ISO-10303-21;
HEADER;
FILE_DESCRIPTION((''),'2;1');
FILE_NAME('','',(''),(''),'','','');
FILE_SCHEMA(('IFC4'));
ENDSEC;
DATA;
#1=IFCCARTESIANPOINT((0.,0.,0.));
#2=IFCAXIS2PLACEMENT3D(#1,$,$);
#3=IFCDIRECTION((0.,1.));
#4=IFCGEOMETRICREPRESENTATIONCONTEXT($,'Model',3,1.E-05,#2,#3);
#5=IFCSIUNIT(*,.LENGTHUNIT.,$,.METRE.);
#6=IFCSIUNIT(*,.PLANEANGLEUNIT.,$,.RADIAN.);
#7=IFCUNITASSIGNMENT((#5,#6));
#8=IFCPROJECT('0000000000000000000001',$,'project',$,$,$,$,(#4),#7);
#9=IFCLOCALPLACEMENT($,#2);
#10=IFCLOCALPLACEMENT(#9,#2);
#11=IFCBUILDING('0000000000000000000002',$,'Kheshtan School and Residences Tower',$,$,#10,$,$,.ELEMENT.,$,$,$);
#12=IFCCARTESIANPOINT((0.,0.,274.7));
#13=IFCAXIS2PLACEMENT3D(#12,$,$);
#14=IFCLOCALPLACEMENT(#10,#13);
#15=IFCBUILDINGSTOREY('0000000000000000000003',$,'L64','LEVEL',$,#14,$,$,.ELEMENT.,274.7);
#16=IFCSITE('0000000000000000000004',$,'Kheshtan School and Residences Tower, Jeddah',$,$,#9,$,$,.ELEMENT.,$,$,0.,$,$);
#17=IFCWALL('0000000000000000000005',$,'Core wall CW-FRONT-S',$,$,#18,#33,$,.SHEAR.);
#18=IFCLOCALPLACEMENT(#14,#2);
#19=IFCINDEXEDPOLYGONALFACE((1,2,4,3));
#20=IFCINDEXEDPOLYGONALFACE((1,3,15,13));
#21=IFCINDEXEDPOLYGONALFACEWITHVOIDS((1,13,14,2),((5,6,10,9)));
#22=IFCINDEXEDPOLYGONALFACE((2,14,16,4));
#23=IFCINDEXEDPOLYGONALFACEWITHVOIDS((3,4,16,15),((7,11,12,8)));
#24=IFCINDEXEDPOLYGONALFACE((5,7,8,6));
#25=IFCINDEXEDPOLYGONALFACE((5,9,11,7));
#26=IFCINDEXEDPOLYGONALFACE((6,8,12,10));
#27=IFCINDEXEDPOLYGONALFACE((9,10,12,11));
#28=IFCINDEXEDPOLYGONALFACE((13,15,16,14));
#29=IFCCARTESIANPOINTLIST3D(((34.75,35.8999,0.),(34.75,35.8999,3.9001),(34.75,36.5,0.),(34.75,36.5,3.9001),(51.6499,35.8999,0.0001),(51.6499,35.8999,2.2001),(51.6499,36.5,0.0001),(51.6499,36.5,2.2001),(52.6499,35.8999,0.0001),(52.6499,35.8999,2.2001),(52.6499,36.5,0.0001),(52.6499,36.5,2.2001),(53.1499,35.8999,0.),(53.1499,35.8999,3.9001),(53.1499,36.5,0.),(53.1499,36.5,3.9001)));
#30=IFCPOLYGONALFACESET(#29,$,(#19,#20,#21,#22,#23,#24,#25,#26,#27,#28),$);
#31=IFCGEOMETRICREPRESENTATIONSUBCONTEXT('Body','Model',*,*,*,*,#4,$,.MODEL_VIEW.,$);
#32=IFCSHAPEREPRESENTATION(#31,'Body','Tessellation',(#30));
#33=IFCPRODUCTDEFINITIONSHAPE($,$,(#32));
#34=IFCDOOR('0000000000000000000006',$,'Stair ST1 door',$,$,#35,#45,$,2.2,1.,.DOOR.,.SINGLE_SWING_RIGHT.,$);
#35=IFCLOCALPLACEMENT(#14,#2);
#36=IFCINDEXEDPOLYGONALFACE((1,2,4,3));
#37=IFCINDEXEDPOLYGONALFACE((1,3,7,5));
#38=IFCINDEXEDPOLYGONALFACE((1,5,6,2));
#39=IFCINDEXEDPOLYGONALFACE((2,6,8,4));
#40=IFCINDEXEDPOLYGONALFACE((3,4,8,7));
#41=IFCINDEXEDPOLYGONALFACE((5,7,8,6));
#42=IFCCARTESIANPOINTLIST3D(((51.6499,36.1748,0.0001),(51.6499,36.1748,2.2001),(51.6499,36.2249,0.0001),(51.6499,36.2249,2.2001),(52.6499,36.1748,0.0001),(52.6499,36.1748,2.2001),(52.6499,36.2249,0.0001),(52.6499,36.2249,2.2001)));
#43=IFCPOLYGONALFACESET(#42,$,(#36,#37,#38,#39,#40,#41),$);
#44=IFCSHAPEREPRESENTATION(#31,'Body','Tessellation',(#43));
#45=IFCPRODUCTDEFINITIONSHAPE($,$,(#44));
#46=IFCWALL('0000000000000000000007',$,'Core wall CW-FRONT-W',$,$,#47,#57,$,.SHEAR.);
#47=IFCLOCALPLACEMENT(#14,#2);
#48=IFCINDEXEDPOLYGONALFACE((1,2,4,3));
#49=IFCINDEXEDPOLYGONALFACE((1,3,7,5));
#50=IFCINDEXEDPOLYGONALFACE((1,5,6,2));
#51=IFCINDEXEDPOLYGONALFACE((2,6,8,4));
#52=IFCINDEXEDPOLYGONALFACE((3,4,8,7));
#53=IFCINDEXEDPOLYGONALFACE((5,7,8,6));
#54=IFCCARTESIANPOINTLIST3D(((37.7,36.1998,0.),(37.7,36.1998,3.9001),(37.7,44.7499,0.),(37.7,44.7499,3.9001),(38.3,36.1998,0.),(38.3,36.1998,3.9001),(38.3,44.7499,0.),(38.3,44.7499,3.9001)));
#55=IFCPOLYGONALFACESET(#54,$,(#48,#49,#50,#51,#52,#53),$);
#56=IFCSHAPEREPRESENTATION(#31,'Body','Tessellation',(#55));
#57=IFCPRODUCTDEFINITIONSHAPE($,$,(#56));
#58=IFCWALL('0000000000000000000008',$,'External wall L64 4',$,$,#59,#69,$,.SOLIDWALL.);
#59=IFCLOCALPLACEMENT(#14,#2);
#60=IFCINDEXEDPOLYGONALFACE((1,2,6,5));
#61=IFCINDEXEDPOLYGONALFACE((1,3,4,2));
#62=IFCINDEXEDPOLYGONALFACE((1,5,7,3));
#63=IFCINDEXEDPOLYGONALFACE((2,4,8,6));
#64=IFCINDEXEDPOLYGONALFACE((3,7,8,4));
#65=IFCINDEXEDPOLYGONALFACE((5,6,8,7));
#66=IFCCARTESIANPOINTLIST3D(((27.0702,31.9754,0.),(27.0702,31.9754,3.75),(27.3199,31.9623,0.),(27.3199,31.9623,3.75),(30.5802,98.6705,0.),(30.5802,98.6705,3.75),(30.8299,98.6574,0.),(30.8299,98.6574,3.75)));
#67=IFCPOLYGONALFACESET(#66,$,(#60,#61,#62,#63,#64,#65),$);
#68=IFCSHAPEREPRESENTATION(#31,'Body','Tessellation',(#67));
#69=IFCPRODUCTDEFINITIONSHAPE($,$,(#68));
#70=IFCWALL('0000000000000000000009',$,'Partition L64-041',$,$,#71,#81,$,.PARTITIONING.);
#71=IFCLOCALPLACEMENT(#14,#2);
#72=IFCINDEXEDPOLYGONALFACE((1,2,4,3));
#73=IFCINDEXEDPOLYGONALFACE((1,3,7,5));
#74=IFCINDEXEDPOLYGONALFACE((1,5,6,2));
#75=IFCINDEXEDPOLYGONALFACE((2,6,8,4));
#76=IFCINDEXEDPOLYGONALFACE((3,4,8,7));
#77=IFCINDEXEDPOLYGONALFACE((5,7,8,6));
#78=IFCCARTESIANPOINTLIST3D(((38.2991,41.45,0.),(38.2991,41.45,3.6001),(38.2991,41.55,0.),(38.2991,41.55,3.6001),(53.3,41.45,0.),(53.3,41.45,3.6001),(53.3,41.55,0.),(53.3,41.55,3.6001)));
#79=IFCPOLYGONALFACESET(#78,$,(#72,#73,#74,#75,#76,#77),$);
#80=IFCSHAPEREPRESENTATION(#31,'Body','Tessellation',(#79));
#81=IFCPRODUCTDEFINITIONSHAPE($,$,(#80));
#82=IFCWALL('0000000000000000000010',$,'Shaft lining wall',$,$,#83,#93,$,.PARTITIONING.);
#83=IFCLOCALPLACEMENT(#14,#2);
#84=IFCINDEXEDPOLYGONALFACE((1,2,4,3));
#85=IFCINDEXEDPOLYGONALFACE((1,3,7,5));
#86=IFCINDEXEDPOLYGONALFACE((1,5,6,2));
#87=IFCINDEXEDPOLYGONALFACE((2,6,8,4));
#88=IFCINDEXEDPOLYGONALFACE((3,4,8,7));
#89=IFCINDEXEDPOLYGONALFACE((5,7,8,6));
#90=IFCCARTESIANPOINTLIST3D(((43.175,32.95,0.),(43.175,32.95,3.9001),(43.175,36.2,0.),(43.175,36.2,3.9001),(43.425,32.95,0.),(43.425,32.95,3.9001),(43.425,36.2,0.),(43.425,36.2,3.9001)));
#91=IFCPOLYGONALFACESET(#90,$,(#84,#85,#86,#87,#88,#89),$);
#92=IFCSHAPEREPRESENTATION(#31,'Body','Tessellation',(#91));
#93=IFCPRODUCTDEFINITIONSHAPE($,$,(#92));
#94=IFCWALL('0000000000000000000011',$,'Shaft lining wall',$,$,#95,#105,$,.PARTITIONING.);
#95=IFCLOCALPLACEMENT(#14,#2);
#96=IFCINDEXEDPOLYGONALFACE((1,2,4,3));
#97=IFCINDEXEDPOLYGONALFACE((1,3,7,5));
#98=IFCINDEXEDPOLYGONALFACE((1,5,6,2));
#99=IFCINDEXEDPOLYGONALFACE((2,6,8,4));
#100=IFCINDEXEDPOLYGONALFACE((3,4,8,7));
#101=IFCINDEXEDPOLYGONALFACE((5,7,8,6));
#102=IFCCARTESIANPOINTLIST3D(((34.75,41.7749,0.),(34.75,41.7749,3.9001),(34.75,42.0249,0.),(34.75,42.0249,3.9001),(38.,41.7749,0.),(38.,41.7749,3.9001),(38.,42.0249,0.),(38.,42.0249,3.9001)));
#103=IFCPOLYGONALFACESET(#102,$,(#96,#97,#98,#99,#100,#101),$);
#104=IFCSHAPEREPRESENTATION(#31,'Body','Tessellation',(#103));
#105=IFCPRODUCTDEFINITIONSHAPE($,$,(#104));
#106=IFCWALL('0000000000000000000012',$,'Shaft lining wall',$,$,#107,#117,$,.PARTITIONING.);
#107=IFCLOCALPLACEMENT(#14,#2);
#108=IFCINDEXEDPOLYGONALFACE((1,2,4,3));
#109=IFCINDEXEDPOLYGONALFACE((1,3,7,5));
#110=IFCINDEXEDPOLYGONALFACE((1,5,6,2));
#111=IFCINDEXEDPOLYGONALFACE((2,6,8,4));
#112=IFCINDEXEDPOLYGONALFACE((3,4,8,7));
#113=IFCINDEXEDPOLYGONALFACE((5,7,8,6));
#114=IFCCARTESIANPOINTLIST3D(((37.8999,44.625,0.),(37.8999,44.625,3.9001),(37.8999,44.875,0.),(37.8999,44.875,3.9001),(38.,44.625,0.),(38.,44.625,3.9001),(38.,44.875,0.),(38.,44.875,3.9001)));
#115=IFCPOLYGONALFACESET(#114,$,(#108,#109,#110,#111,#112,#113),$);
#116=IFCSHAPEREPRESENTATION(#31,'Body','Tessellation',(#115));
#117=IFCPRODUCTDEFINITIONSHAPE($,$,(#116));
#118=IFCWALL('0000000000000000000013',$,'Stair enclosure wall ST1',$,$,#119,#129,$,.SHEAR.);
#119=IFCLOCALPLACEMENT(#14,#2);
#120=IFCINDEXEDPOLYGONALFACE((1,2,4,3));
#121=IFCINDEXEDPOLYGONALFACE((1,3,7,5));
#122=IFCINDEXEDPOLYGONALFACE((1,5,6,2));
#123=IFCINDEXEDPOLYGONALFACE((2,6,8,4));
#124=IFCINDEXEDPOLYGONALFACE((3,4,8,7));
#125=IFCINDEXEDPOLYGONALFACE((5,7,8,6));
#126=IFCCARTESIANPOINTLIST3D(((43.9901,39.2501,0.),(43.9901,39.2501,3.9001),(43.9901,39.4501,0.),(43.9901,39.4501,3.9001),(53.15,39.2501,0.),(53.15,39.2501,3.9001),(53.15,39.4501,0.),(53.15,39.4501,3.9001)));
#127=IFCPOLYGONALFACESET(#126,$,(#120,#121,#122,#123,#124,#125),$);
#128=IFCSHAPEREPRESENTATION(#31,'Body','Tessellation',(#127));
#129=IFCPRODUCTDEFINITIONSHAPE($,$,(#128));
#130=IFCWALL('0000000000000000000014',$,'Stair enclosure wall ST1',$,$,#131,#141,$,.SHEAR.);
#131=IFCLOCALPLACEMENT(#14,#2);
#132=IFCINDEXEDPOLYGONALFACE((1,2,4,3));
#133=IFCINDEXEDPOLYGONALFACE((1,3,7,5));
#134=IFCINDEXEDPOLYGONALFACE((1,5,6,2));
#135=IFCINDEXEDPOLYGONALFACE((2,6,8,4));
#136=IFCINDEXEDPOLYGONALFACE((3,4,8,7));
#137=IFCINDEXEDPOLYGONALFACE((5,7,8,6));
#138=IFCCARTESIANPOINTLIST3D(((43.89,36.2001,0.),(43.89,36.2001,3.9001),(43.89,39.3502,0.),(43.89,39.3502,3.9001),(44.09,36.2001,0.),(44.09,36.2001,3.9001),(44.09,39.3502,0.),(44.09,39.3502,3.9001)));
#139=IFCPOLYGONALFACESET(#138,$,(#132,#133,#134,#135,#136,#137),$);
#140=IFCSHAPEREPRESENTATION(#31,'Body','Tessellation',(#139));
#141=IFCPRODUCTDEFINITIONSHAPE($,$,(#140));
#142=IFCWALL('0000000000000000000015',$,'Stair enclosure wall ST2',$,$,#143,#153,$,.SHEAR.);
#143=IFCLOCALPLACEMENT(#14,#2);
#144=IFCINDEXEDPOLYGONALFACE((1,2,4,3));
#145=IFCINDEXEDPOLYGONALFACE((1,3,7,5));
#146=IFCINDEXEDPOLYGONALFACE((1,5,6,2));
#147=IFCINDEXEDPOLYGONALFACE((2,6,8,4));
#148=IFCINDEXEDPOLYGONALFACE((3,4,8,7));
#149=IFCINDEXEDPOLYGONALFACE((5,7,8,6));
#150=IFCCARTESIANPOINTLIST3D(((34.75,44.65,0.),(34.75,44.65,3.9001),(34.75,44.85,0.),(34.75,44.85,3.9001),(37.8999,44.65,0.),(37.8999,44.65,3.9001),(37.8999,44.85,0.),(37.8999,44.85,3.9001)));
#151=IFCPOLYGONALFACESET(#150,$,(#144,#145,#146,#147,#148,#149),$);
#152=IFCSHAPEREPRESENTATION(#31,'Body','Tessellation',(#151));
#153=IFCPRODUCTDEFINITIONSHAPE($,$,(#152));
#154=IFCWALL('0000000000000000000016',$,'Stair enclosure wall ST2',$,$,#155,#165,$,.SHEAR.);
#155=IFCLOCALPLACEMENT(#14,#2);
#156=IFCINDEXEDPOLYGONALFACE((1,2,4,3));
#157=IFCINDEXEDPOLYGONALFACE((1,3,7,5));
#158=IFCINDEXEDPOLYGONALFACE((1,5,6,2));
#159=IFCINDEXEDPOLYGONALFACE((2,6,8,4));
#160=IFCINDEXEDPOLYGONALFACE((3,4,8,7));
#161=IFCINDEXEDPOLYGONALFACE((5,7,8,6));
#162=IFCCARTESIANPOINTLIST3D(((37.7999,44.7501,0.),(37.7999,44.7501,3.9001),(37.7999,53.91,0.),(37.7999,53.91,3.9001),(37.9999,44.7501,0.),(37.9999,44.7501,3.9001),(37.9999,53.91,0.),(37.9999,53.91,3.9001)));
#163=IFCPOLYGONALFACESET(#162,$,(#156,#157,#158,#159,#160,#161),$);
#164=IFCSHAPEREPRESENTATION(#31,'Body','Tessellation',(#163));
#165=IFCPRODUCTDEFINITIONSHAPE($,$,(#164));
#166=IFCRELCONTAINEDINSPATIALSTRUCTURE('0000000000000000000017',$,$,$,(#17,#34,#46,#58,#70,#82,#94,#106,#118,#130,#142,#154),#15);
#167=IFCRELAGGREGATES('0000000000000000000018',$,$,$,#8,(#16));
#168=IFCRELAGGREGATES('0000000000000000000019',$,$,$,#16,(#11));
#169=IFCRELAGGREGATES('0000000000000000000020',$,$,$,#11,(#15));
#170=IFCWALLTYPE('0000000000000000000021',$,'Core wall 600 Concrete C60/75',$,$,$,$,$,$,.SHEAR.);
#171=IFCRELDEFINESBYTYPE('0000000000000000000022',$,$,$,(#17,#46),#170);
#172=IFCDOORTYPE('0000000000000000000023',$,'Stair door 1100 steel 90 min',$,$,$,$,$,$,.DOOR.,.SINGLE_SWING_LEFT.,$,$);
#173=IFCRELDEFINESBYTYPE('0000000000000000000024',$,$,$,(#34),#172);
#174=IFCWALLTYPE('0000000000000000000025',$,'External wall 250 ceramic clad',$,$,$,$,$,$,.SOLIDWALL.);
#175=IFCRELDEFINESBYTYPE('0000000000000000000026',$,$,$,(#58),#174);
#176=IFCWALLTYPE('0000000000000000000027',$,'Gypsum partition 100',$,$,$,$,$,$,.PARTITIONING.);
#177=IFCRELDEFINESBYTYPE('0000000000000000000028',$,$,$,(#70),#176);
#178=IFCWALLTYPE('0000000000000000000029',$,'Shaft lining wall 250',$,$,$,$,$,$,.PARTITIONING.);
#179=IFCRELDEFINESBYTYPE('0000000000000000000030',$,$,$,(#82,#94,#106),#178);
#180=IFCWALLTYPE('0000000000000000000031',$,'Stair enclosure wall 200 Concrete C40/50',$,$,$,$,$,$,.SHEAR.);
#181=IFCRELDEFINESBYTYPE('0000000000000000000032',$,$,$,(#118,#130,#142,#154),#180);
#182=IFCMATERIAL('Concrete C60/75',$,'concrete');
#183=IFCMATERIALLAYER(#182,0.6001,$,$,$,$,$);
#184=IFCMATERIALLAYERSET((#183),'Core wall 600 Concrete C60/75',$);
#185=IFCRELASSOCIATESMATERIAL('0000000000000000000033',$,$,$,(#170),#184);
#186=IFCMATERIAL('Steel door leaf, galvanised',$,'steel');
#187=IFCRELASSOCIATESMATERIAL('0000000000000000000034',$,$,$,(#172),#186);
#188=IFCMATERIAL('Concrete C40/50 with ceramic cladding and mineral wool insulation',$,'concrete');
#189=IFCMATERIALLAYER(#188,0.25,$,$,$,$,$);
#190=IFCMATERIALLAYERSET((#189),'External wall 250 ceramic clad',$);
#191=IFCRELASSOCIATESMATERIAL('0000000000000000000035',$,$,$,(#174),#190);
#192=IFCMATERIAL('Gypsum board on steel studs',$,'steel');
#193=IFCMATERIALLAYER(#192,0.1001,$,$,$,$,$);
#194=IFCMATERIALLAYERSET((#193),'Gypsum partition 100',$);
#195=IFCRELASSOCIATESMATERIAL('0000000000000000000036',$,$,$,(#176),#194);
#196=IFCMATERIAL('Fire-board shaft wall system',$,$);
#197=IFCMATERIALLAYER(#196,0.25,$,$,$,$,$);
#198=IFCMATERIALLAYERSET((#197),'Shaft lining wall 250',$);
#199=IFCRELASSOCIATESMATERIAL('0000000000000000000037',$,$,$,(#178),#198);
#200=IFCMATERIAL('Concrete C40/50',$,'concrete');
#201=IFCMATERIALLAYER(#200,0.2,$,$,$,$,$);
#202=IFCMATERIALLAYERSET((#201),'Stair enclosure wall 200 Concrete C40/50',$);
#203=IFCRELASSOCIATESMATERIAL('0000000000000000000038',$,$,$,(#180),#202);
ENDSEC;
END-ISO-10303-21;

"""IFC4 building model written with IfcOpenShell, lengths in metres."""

from ifc_helpers import new_model, si_unit, direction, frame, frame_2d, origin, place, context, subcontext, project, spatial, rectangle, extrude, source, transform, mapped, material, layer, layer_set, type_object, element, fill, save


model = new_model("IFC4")

# Units and contexts
model_context = context("Model", 3, precision=1e-05, world=origin(), true_north=direction((0.0, 1.0)))
body_context = subcontext(model_context, "Body", "Model", "MODEL_VIEW")
ifc_project = project(units=[si_unit("LENGTHUNIT", "METRE"), si_unit("PLANEANGLEUNIT", "RADIAN")], contexts=[model_context])

# Site, building, storey
site_placement = place(None, origin())
site = spatial("IfcSite", under=ifc_project, at=site_placement, Name="Kheshtan School and Residences Tower, Jeddah", CompositionType="ELEMENT", RefElevation=0.0)
building_placement = place(site_placement, origin())
building = spatial("IfcBuilding", under=site, at=building_placement, Name="Kheshtan School and Residences Tower", CompositionType="ELEMENT")
storey_placement = place(building_placement, frame((0.0, 0.0, 274.7)))
storey = spatial("IfcBuildingStorey", under=building, at=storey_placement, Name="L64", Description="LEVEL", CompositionType="ELEMENT", Elevation=274.7)

# Wall, opening, door
ifc_material_1 = material(Name="Concrete C60/75", Category="concrete")
ifc_layer_1 = layer(ifc_material_1, 0.6001)
ifc_layer_set_1 = layer_set([ifc_layer_1], Name="Core wall 600 Concrete C60/75")
wall_type_1 = type_object("IfcWallType", Name="Core wall 600 Concrete C60/75", PredefinedType="SHEAR", material=ifc_layer_set_1)
wall_1_placement = place(storey_placement, frame((34.75, 36.2, 0.0), z_axis=(0.0, 0.0, 1.0), x_axis=(1.0, 0.0, 0.0)))
wall_1 = element("IfcWall", 1, at=wall_1_placement, inside=storey, type_object=wall_type_1, Name="Core wall CW-FRONT-S", PredefinedType="SHEAR", context=body_context, shape_type="SweptSolid", body=[
    extrude(rectangle(XDim=18.3999, YDim=0.6001, at=frame_2d((9.2, 0.0))), origin(), (0.0, 0.0, 1.0), 3.9001),
])
opening_1_placement = place(wall_1_placement, frame((16.8999, 0.0, 0.0)))
opening_1 = element("IfcOpeningElement", 2, at=opening_1_placement, cuts=wall_1, PredefinedType="OPENING", context=body_context, shape_type="SweptSolid", body=[
    extrude(rectangle(XDim=1.0, YDim=2.2, at=frame_2d((0.5, 1.1001))), frame((0.0, 0.3101, 0.0), z_axis=(0.0, -1.0, 0.0), x_axis=(1.0, 0.0, 0.0)), (0.0, 0.0, 1.0), 0.6201),
])
ifc_material_2 = material(Name="Steel door leaf, galvanised", Category="steel")
door_type_1 = type_object("IfcDoorType", Name="Stair door 1100 steel 90 min", OperationType="SINGLE_SWING_LEFT", PredefinedType="DOOR", material=ifc_material_2)
shared_shape_1 = source(origin(), body_context, "Body", "SweptSolid", [
    extrude(rectangle(XDim=1.0, YDim=2.2, at=frame_2d((0.5, 1.1001))), frame((0.0, 0.0249, 0.0), z_axis=(0.0, -1.0, 0.0), x_axis=(1.0, 0.0, 0.0)), (0.0, 0.0, 1.0), 0.05),
])
door_1_placement = place(opening_1_placement, origin())
door_1 = element("IfcDoor", 3, at=door_1_placement, inside=storey, type_object=door_type_1, Name="Stair ST1 door", OperationType="SINGLE_SWING_RIGHT", OverallHeight=2.2, OverallWidth=1.0, PredefinedType="DOOR", context=body_context, shape_type="MappedRepresentation", body=[
    mapped(shared_shape_1, transform((0.0, 0.0, 0.0), x_axis=(1.0, 0.0, 0.0), y_axis=(0.0, 1.0, 0.0), z_axis=(0.0, 0.0, 1.0), scale=1.0)),
])
fill(opening_1, door_1)

# Walls
wall_2_placement = place(storey_placement, frame((38.0, 36.2, 0.0), z_axis=(0.0, 0.0, 1.0), x_axis=(0.0, 1.0, 0.0)))
element("IfcWall", 4, at=wall_2_placement, inside=storey, type_object=wall_type_1, Name="Core wall CW-FRONT-W", PredefinedType="SHEAR", context=body_context, shape_type="SweptSolid", body=[
    extrude(rectangle(XDim=8.55, YDim=0.6001, at=frame_2d((4.2749, 0.0))), origin(), (0.0, 0.0, 1.0), 3.9001),
])
ifc_material_3 = material(Name="Concrete C40/50 with ceramic cladding and mineral wool insulation", Category="concrete")
ifc_layer_2 = layer(ifc_material_3, 0.25)
ifc_layer_set_2 = layer_set([ifc_layer_2], Name="External wall 250 ceramic clad")
wall_type_2 = type_object("IfcWallType", Name="External wall 250 ceramic clad", PredefinedType="SOLIDWALL", material=ifc_layer_set_2)
wall_3_placement = place(storey_placement, frame((27.1951, 31.969, 0.0), z_axis=(0.0, 0.0, 1.0), x_axis=(0.052555, 0.998618, 0.0)))
element("IfcWall", 5, at=wall_3_placement, inside=storey, type_object=wall_type_2, Name="External wall L64 4", PredefinedType="SOLIDWALL", context=body_context, shape_type="SweptSolid", body=[
    extrude(rectangle(XDim=66.7874, YDim=0.25, at=frame_2d((33.3936, 0.0))), origin(), (0.0, 0.0, 1.0), 3.75),
])
ifc_material_4 = material(Name="Gypsum board on steel studs", Category="steel")
ifc_layer_3 = layer(ifc_material_4, 0.1001)
ifc_layer_set_3 = layer_set([ifc_layer_3], Name="Gypsum partition 100")
wall_type_3 = type_object("IfcWallType", Name="Gypsum partition 100", PredefinedType="PARTITIONING", material=ifc_layer_set_3)
wall_4_placement = place(storey_placement, frame((38.2991, 41.5, 0.0), z_axis=(0.0, 0.0, 1.0), x_axis=(1.0, 0.0, 0.0)))
element("IfcWall", 6, at=wall_4_placement, inside=storey, type_object=wall_type_3, Name="Partition L64-041", PredefinedType="PARTITIONING", context=body_context, shape_type="SweptSolid", body=[
    extrude(rectangle(XDim=15.001, YDim=0.1001, at=frame_2d((7.5005, 0.0))), origin(), (0.0, 0.0, 1.0), 3.6001),
])
ifc_material_5 = material(Name="Fire-board shaft wall system")
ifc_layer_4 = layer(ifc_material_5, 0.25)
ifc_layer_set_4 = layer_set([ifc_layer_4], Name="Shaft lining wall 250")
wall_type_4 = type_object("IfcWallType", Name="Shaft lining wall 250", PredefinedType="PARTITIONING", material=ifc_layer_set_4)
for number, where, z_axis, x_axis, name in (
    (7, (43.3, 32.95, 0.0), (0.0, 0.0, 1.0), (0.0, 1.0, 0.0), "Shaft lining wall"),
    (8, (34.75, 41.8999, 0.0), (0.0, 0.0, 1.0), (1.0, 0.0, 0.0), "Shaft lining wall"),
):
    element("IfcWall", number, at=place(storey_placement, frame(where, z_axis=z_axis, x_axis=x_axis)), inside=storey, type_object=wall_type_4, Name=name, PredefinedType="PARTITIONING", context=body_context, shape_type="SweptSolid", body=[
        extrude(rectangle(XDim=3.25, YDim=0.25, at=frame_2d((1.625, 0.0))), origin(), (0.0, 0.0, 1.0), 3.9001),
    ])
wall_5_placement = place(storey_placement, frame((37.8999, 44.75, 0.0), z_axis=(0.0, 0.0, 1.0), x_axis=(1.0, 0.0, 0.0)))
element("IfcWall", 9, at=wall_5_placement, inside=storey, type_object=wall_type_4, Name="Shaft lining wall", PredefinedType="PARTITIONING", context=body_context, shape_type="SweptSolid", body=[
    extrude(rectangle(XDim=0.1001, YDim=0.25, at=frame_2d((0.05, 0.0))), origin(), (0.0, 0.0, 1.0), 3.9001),
])
ifc_material_6 = material(Name="Concrete C40/50", Category="concrete")
ifc_layer_5 = layer(ifc_material_6, 0.2)
ifc_layer_set_5 = layer_set([ifc_layer_5], Name="Stair enclosure wall 200 Concrete C40/50")
wall_type_5 = type_object("IfcWallType", Name="Stair enclosure wall 200 Concrete C40/50", PredefinedType="SHEAR", material=ifc_layer_set_5)
wall_6_placement = place(storey_placement, frame((43.99, 39.3501, 0.0), z_axis=(0.0, 0.0, 1.0), x_axis=(1.0, 0.0, 0.0)))
element("IfcWall", 10, at=wall_6_placement, inside=storey, type_object=wall_type_5, Name="Stair enclosure wall ST1", PredefinedType="SHEAR", context=body_context, shape_type="SweptSolid", body=[
    extrude(rectangle(XDim=9.1599, YDim=0.2, at=frame_2d((4.5801, 0.0))), origin(), (0.0, 0.0, 1.0), 3.9001),
])
wall_7_placement = place(storey_placement, frame((43.99, 36.2, 0.0), z_axis=(0.0, 0.0, 1.0), x_axis=(0.0, 1.0, 0.0)))
element("IfcWall", 11, at=wall_7_placement, inside=storey, type_object=wall_type_5, Name="Stair enclosure wall ST1", PredefinedType="SHEAR", context=body_context, shape_type="SweptSolid", body=[
    extrude(rectangle(XDim=3.1501, YDim=0.2, at=frame_2d((1.5752, 0.0))), origin(), (0.0, 0.0, 1.0), 3.9001),
])
wall_8_placement = place(storey_placement, frame((34.75, 44.75, 0.0), z_axis=(0.0, 0.0, 1.0), x_axis=(1.0, 0.0, 0.0)))
element("IfcWall", 12, at=wall_8_placement, inside=storey, type_object=wall_type_5, Name="Stair enclosure wall ST2", PredefinedType="SHEAR", context=body_context, shape_type="SweptSolid", body=[
    extrude(rectangle(XDim=3.1499, YDim=0.2, at=frame_2d((1.575, 0.0))), origin(), (0.0, 0.0, 1.0), 3.9001),
])
wall_9_placement = place(storey_placement, frame((37.8999, 44.75, 0.0), z_axis=(0.0, 0.0, 1.0), x_axis=(0.0, 1.0, 0.0)))
element("IfcWall", 13, at=wall_9_placement, inside=storey, type_object=wall_type_5, Name="Stair enclosure wall ST2", PredefinedType="SHEAR", context=body_context, shape_type="SweptSolid", body=[
    extrude(rectangle(XDim=9.1599, YDim=0.2, at=frame_2d((4.5801, 0.0))), origin(), (0.0, 0.0, 1.0), 3.9001),
])

save(model, "model.ifc")
